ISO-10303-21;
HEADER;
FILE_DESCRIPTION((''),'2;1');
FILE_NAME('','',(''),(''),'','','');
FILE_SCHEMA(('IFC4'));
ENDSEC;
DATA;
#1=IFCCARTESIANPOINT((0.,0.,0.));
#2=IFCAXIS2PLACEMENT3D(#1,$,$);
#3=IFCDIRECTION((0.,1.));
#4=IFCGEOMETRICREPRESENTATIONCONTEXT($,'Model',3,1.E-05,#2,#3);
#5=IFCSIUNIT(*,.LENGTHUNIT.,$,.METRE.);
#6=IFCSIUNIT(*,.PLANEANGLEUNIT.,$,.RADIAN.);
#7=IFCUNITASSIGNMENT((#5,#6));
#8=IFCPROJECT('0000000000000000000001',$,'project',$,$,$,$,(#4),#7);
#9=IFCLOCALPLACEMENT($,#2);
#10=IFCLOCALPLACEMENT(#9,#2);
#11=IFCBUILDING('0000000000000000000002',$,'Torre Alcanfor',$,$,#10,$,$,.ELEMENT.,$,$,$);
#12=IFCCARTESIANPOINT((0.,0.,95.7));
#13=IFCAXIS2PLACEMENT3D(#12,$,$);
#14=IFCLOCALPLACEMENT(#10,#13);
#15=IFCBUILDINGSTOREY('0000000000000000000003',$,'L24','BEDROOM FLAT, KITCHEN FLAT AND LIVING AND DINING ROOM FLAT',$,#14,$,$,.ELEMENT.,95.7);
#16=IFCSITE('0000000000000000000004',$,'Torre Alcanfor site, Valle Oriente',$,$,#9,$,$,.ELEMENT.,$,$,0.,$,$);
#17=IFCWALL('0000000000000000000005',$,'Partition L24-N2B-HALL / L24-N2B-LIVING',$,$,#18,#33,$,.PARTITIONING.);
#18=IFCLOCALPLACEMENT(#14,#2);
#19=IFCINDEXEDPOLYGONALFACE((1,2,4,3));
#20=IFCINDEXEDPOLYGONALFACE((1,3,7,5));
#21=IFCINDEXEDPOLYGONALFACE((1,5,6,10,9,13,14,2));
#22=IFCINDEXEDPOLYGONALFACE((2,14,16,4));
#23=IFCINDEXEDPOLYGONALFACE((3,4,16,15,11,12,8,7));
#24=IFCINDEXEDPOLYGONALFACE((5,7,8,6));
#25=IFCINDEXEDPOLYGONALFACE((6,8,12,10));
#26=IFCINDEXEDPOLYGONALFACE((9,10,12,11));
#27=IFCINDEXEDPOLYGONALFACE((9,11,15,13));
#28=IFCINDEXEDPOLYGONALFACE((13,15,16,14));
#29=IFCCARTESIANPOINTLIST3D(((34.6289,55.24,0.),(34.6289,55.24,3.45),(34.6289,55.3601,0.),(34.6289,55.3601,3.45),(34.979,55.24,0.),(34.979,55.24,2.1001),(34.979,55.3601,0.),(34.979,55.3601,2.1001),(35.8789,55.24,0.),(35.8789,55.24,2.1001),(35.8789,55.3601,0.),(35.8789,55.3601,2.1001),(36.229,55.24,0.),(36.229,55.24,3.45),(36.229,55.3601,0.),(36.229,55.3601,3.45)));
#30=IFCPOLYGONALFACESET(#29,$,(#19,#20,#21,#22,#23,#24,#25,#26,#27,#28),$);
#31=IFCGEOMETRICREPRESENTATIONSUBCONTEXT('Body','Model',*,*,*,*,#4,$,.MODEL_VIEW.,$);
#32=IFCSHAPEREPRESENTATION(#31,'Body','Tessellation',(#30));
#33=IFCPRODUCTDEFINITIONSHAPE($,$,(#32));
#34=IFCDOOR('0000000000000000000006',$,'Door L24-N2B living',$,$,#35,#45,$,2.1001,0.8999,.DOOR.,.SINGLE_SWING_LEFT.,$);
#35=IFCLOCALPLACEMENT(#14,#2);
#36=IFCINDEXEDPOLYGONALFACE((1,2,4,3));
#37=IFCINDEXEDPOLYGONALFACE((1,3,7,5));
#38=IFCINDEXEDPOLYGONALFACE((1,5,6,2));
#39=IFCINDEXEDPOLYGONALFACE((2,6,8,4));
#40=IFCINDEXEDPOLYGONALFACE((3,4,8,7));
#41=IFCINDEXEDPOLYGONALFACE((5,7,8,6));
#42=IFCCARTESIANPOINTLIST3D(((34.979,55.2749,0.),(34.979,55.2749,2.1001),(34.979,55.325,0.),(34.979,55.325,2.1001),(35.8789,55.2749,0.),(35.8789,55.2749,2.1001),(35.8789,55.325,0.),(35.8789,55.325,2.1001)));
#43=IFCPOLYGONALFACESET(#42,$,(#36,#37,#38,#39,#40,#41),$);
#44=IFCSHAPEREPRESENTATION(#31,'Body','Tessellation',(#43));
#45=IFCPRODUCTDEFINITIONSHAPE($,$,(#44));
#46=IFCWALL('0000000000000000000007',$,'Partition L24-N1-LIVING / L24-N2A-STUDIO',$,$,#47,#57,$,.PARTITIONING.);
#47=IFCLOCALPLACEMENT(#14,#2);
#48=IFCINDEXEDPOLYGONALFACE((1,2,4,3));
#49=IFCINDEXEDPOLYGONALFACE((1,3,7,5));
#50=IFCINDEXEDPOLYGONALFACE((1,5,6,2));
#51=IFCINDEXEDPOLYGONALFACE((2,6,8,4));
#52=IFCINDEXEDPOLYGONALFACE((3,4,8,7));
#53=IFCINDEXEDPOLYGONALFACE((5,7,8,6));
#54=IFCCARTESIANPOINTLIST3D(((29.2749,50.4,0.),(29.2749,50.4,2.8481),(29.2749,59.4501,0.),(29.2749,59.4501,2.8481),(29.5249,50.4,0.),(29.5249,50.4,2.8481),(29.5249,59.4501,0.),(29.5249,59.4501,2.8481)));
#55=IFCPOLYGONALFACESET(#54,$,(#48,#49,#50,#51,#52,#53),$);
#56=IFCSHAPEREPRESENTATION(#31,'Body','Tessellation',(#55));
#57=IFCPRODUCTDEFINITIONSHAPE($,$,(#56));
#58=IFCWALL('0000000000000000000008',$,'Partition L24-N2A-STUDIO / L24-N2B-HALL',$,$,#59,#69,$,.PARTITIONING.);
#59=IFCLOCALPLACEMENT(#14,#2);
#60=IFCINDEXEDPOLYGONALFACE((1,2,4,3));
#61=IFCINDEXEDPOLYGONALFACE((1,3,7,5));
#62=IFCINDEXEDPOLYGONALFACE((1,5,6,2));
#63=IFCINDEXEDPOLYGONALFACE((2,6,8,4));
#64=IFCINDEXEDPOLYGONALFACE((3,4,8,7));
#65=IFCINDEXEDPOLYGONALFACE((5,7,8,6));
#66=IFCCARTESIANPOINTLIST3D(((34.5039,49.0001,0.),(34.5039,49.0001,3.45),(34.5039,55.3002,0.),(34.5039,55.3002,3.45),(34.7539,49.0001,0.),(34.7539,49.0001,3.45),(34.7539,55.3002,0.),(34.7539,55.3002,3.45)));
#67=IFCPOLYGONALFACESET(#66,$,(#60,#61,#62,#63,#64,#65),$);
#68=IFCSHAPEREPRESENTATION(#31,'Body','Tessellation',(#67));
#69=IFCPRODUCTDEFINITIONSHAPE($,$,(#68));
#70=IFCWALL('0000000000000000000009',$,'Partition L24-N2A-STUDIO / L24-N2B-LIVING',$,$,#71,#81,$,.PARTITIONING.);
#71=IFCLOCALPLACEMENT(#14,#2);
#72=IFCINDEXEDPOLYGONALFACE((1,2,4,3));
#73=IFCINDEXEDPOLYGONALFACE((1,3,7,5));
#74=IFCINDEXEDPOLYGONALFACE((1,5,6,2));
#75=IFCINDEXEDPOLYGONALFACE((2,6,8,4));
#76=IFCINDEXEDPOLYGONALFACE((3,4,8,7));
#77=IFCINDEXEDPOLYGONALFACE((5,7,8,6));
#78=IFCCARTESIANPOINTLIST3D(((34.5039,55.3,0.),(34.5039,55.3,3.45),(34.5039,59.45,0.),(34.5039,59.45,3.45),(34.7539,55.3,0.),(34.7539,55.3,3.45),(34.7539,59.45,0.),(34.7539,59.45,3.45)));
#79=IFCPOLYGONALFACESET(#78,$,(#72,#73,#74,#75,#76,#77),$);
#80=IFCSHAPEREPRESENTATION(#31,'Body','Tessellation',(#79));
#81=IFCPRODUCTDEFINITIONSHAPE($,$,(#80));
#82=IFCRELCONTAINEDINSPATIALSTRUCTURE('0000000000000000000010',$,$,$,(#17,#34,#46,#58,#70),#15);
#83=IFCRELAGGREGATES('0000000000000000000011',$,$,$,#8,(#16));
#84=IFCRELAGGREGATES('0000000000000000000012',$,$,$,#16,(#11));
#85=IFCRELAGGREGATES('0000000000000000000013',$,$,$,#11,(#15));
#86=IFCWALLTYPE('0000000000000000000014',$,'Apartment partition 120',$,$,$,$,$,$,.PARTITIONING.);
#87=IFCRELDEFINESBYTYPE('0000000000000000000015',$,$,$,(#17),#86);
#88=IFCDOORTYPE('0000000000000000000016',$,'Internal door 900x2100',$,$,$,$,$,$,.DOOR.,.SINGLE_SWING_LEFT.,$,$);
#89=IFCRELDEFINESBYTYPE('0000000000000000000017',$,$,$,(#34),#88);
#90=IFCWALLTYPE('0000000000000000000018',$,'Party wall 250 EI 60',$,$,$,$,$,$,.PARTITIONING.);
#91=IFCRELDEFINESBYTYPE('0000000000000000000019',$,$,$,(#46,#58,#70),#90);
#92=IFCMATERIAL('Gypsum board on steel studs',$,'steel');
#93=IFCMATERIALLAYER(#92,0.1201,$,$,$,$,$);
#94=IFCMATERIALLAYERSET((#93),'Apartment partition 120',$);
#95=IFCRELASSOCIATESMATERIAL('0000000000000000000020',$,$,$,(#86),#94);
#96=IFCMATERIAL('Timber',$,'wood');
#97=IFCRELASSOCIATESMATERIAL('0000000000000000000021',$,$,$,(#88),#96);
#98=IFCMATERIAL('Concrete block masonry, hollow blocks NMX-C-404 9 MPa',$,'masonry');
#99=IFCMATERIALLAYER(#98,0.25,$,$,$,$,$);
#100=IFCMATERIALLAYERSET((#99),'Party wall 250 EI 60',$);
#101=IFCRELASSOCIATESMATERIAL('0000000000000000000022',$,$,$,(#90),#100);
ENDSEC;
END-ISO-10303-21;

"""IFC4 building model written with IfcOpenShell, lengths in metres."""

from ifc_helpers import new_model, si_unit, direction, frame, frame_2d, origin, place, context, subcontext, project, spatial, rectangle, extrude, material, layer, layer_set, type_object, element, fill, save


model = new_model("IFC4")

# Units and contexts
model_context = context("Model", 3, precision=1e-05, world=origin(), true_north=direction((0.0, 1.0)))
body_context = subcontext(model_context, "Body", "Model", "MODEL_VIEW")
ifc_project = project(units=[si_unit("LENGTHUNIT", "METRE"), si_unit("PLANEANGLEUNIT", "RADIAN")], contexts=[model_context])

# Site, building, storey
site_placement = place(None, origin())
site = spatial("IfcSite", under=ifc_project, at=site_placement, Name="Torre Alcanfor site, Valle Oriente", CompositionType="ELEMENT", RefElevation=0.0)
building_placement = place(site_placement, origin())
building = spatial("IfcBuilding", under=site, at=building_placement, Name="Torre Alcanfor", CompositionType="ELEMENT")
storey_placement = place(building_placement, frame((0.0, 0.0, 95.7)))
storey = spatial("IfcBuildingStorey", under=building, at=storey_placement, Name="L24", Description="BEDROOM FLAT, KITCHEN FLAT AND LIVING AND DINING ROOM FLAT", CompositionType="ELEMENT", Elevation=95.7)

# Shared definitions
ifc_material_1 = material(Name="Gypsum board on steel studs", Category="steel")
ifc_layer_1 = layer(ifc_material_1, 0.1201)
ifc_layer_set_1 = layer_set([ifc_layer_1], Name="Apartment partition 120")
wall_type_1 = type_object("IfcWallType", Name="Apartment partition 120", PredefinedType="PARTITIONING", material=ifc_layer_set_1)

# Wall, opening, door
wall_1_placement = place(storey_placement, frame((34.6289, 55.3, 0.0), z_axis=(0.0, 0.0, 1.0), x_axis=(1.0, 0.0, 0.0)))
wall_1 = element("IfcWall", 1, at=wall_1_placement, inside=storey, type_object=wall_type_1, Name="Partition L24-N2B-HALL / L24-N2B-LIVING", PredefinedType="PARTITIONING", context=body_context, shape_type="SweptSolid", body=[
    extrude(rectangle(XDim=1.6001, YDim=0.1201, at=frame_2d((0.8, 0.0))), origin(), (0.0, 0.0, 1.0), 3.45),
])
opening_placement = place(wall_1_placement, frame((0.3501, 0.0, 0.0)))
opening = element("IfcOpeningElement", 2, at=opening_placement, cuts=wall_1, PredefinedType="OPENING", context=body_context, shape_type="SweptSolid", body=[
    extrude(rectangle(XDim=0.8999, YDim=2.1001, at=frame_2d((0.45, 1.05))), frame((0.0, 0.0701, 0.0), z_axis=(0.0, -1.0, 0.0), x_axis=(1.0, 0.0, 0.0)), (0.0, 0.0, 1.0), 0.1401),
])
ifc_material_2 = material(Name="Timber", Category="wood")
door_type = type_object("IfcDoorType", Name="Internal door 900x2100", OperationType="SINGLE_SWING_LEFT", PredefinedType="DOOR", material=ifc_material_2)
door_placement = place(opening_placement, origin())
door = element("IfcDoor", 3, at=door_placement, inside=storey, type_object=door_type, Name="Door L24-N2B living", OperationType="SINGLE_SWING_LEFT", OverallHeight=2.1001, OverallWidth=0.8999, PredefinedType="DOOR", context=body_context, shape_type="SweptSolid", body=[
    extrude(rectangle(XDim=0.8999, YDim=2.1001, at=frame_2d((0.45, 1.05))), frame((0.0, 0.0249, 0.0), z_axis=(0.0, -1.0, 0.0), x_axis=(1.0, 0.0, 0.0)), (0.0, 0.0, 1.0), 0.05),
])
fill(opening, door)

# Walls
ifc_material_3 = material(Name="Concrete block masonry, hollow blocks NMX-C-404 9 MPa", Category="masonry")
ifc_layer_2 = layer(ifc_material_3, 0.25)
ifc_layer_set_2 = layer_set([ifc_layer_2], Name="Party wall 250 EI 60")
wall_type_2 = type_object("IfcWallType", Name="Party wall 250 EI 60", PredefinedType="PARTITIONING", material=ifc_layer_set_2)
wall_2_placement = place(storey_placement, frame((29.3999, 59.45, 0.0), z_axis=(0.0, 0.0, 1.0), x_axis=(0.0, -1.0, 0.0)))
element("IfcWall", 4, at=wall_2_placement, inside=storey, type_object=wall_type_2, Name="Partition L24-N1-LIVING / L24-N2A-STUDIO", PredefinedType="PARTITIONING", context=body_context, shape_type="SweptSolid", body=[
    extrude(rectangle(XDim=9.05, YDim=0.25, at=frame_2d((4.5249, 0.0))), origin(), (0.0, 0.0, 1.0), 2.8481),
])
wall_3_placement = place(storey_placement, frame((34.6289, 55.3, 0.0), z_axis=(0.0, 0.0, 1.0), x_axis=(0.0, -1.0, 0.0)))
element("IfcWall", 5, at=wall_3_placement, inside=storey, type_object=wall_type_2, Name="Partition L24-N2A-STUDIO / L24-N2B-HALL", PredefinedType="PARTITIONING", context=body_context, shape_type="SweptSolid", body=[
    extrude(rectangle(XDim=6.3, YDim=0.25, at=frame_2d((3.1499, 0.0))), origin(), (0.0, 0.0, 1.0), 3.45),
])
wall_4_placement = place(storey_placement, frame((34.6289, 59.45, 0.0), z_axis=(0.0, 0.0, 1.0), x_axis=(0.0, -1.0, 0.0)))
element("IfcWall", 6, at=wall_4_placement, inside=storey, type_object=wall_type_2, Name="Partition L24-N2A-STUDIO / L24-N2B-LIVING", PredefinedType="PARTITIONING", context=body_context, shape_type="SweptSolid", body=[
    extrude(rectangle(XDim=4.1499, YDim=0.25, at=frame_2d((2.075, 0.0))), origin(), (0.0, 0.0, 1.0), 3.45),
])

save(model, "model.ifc")
